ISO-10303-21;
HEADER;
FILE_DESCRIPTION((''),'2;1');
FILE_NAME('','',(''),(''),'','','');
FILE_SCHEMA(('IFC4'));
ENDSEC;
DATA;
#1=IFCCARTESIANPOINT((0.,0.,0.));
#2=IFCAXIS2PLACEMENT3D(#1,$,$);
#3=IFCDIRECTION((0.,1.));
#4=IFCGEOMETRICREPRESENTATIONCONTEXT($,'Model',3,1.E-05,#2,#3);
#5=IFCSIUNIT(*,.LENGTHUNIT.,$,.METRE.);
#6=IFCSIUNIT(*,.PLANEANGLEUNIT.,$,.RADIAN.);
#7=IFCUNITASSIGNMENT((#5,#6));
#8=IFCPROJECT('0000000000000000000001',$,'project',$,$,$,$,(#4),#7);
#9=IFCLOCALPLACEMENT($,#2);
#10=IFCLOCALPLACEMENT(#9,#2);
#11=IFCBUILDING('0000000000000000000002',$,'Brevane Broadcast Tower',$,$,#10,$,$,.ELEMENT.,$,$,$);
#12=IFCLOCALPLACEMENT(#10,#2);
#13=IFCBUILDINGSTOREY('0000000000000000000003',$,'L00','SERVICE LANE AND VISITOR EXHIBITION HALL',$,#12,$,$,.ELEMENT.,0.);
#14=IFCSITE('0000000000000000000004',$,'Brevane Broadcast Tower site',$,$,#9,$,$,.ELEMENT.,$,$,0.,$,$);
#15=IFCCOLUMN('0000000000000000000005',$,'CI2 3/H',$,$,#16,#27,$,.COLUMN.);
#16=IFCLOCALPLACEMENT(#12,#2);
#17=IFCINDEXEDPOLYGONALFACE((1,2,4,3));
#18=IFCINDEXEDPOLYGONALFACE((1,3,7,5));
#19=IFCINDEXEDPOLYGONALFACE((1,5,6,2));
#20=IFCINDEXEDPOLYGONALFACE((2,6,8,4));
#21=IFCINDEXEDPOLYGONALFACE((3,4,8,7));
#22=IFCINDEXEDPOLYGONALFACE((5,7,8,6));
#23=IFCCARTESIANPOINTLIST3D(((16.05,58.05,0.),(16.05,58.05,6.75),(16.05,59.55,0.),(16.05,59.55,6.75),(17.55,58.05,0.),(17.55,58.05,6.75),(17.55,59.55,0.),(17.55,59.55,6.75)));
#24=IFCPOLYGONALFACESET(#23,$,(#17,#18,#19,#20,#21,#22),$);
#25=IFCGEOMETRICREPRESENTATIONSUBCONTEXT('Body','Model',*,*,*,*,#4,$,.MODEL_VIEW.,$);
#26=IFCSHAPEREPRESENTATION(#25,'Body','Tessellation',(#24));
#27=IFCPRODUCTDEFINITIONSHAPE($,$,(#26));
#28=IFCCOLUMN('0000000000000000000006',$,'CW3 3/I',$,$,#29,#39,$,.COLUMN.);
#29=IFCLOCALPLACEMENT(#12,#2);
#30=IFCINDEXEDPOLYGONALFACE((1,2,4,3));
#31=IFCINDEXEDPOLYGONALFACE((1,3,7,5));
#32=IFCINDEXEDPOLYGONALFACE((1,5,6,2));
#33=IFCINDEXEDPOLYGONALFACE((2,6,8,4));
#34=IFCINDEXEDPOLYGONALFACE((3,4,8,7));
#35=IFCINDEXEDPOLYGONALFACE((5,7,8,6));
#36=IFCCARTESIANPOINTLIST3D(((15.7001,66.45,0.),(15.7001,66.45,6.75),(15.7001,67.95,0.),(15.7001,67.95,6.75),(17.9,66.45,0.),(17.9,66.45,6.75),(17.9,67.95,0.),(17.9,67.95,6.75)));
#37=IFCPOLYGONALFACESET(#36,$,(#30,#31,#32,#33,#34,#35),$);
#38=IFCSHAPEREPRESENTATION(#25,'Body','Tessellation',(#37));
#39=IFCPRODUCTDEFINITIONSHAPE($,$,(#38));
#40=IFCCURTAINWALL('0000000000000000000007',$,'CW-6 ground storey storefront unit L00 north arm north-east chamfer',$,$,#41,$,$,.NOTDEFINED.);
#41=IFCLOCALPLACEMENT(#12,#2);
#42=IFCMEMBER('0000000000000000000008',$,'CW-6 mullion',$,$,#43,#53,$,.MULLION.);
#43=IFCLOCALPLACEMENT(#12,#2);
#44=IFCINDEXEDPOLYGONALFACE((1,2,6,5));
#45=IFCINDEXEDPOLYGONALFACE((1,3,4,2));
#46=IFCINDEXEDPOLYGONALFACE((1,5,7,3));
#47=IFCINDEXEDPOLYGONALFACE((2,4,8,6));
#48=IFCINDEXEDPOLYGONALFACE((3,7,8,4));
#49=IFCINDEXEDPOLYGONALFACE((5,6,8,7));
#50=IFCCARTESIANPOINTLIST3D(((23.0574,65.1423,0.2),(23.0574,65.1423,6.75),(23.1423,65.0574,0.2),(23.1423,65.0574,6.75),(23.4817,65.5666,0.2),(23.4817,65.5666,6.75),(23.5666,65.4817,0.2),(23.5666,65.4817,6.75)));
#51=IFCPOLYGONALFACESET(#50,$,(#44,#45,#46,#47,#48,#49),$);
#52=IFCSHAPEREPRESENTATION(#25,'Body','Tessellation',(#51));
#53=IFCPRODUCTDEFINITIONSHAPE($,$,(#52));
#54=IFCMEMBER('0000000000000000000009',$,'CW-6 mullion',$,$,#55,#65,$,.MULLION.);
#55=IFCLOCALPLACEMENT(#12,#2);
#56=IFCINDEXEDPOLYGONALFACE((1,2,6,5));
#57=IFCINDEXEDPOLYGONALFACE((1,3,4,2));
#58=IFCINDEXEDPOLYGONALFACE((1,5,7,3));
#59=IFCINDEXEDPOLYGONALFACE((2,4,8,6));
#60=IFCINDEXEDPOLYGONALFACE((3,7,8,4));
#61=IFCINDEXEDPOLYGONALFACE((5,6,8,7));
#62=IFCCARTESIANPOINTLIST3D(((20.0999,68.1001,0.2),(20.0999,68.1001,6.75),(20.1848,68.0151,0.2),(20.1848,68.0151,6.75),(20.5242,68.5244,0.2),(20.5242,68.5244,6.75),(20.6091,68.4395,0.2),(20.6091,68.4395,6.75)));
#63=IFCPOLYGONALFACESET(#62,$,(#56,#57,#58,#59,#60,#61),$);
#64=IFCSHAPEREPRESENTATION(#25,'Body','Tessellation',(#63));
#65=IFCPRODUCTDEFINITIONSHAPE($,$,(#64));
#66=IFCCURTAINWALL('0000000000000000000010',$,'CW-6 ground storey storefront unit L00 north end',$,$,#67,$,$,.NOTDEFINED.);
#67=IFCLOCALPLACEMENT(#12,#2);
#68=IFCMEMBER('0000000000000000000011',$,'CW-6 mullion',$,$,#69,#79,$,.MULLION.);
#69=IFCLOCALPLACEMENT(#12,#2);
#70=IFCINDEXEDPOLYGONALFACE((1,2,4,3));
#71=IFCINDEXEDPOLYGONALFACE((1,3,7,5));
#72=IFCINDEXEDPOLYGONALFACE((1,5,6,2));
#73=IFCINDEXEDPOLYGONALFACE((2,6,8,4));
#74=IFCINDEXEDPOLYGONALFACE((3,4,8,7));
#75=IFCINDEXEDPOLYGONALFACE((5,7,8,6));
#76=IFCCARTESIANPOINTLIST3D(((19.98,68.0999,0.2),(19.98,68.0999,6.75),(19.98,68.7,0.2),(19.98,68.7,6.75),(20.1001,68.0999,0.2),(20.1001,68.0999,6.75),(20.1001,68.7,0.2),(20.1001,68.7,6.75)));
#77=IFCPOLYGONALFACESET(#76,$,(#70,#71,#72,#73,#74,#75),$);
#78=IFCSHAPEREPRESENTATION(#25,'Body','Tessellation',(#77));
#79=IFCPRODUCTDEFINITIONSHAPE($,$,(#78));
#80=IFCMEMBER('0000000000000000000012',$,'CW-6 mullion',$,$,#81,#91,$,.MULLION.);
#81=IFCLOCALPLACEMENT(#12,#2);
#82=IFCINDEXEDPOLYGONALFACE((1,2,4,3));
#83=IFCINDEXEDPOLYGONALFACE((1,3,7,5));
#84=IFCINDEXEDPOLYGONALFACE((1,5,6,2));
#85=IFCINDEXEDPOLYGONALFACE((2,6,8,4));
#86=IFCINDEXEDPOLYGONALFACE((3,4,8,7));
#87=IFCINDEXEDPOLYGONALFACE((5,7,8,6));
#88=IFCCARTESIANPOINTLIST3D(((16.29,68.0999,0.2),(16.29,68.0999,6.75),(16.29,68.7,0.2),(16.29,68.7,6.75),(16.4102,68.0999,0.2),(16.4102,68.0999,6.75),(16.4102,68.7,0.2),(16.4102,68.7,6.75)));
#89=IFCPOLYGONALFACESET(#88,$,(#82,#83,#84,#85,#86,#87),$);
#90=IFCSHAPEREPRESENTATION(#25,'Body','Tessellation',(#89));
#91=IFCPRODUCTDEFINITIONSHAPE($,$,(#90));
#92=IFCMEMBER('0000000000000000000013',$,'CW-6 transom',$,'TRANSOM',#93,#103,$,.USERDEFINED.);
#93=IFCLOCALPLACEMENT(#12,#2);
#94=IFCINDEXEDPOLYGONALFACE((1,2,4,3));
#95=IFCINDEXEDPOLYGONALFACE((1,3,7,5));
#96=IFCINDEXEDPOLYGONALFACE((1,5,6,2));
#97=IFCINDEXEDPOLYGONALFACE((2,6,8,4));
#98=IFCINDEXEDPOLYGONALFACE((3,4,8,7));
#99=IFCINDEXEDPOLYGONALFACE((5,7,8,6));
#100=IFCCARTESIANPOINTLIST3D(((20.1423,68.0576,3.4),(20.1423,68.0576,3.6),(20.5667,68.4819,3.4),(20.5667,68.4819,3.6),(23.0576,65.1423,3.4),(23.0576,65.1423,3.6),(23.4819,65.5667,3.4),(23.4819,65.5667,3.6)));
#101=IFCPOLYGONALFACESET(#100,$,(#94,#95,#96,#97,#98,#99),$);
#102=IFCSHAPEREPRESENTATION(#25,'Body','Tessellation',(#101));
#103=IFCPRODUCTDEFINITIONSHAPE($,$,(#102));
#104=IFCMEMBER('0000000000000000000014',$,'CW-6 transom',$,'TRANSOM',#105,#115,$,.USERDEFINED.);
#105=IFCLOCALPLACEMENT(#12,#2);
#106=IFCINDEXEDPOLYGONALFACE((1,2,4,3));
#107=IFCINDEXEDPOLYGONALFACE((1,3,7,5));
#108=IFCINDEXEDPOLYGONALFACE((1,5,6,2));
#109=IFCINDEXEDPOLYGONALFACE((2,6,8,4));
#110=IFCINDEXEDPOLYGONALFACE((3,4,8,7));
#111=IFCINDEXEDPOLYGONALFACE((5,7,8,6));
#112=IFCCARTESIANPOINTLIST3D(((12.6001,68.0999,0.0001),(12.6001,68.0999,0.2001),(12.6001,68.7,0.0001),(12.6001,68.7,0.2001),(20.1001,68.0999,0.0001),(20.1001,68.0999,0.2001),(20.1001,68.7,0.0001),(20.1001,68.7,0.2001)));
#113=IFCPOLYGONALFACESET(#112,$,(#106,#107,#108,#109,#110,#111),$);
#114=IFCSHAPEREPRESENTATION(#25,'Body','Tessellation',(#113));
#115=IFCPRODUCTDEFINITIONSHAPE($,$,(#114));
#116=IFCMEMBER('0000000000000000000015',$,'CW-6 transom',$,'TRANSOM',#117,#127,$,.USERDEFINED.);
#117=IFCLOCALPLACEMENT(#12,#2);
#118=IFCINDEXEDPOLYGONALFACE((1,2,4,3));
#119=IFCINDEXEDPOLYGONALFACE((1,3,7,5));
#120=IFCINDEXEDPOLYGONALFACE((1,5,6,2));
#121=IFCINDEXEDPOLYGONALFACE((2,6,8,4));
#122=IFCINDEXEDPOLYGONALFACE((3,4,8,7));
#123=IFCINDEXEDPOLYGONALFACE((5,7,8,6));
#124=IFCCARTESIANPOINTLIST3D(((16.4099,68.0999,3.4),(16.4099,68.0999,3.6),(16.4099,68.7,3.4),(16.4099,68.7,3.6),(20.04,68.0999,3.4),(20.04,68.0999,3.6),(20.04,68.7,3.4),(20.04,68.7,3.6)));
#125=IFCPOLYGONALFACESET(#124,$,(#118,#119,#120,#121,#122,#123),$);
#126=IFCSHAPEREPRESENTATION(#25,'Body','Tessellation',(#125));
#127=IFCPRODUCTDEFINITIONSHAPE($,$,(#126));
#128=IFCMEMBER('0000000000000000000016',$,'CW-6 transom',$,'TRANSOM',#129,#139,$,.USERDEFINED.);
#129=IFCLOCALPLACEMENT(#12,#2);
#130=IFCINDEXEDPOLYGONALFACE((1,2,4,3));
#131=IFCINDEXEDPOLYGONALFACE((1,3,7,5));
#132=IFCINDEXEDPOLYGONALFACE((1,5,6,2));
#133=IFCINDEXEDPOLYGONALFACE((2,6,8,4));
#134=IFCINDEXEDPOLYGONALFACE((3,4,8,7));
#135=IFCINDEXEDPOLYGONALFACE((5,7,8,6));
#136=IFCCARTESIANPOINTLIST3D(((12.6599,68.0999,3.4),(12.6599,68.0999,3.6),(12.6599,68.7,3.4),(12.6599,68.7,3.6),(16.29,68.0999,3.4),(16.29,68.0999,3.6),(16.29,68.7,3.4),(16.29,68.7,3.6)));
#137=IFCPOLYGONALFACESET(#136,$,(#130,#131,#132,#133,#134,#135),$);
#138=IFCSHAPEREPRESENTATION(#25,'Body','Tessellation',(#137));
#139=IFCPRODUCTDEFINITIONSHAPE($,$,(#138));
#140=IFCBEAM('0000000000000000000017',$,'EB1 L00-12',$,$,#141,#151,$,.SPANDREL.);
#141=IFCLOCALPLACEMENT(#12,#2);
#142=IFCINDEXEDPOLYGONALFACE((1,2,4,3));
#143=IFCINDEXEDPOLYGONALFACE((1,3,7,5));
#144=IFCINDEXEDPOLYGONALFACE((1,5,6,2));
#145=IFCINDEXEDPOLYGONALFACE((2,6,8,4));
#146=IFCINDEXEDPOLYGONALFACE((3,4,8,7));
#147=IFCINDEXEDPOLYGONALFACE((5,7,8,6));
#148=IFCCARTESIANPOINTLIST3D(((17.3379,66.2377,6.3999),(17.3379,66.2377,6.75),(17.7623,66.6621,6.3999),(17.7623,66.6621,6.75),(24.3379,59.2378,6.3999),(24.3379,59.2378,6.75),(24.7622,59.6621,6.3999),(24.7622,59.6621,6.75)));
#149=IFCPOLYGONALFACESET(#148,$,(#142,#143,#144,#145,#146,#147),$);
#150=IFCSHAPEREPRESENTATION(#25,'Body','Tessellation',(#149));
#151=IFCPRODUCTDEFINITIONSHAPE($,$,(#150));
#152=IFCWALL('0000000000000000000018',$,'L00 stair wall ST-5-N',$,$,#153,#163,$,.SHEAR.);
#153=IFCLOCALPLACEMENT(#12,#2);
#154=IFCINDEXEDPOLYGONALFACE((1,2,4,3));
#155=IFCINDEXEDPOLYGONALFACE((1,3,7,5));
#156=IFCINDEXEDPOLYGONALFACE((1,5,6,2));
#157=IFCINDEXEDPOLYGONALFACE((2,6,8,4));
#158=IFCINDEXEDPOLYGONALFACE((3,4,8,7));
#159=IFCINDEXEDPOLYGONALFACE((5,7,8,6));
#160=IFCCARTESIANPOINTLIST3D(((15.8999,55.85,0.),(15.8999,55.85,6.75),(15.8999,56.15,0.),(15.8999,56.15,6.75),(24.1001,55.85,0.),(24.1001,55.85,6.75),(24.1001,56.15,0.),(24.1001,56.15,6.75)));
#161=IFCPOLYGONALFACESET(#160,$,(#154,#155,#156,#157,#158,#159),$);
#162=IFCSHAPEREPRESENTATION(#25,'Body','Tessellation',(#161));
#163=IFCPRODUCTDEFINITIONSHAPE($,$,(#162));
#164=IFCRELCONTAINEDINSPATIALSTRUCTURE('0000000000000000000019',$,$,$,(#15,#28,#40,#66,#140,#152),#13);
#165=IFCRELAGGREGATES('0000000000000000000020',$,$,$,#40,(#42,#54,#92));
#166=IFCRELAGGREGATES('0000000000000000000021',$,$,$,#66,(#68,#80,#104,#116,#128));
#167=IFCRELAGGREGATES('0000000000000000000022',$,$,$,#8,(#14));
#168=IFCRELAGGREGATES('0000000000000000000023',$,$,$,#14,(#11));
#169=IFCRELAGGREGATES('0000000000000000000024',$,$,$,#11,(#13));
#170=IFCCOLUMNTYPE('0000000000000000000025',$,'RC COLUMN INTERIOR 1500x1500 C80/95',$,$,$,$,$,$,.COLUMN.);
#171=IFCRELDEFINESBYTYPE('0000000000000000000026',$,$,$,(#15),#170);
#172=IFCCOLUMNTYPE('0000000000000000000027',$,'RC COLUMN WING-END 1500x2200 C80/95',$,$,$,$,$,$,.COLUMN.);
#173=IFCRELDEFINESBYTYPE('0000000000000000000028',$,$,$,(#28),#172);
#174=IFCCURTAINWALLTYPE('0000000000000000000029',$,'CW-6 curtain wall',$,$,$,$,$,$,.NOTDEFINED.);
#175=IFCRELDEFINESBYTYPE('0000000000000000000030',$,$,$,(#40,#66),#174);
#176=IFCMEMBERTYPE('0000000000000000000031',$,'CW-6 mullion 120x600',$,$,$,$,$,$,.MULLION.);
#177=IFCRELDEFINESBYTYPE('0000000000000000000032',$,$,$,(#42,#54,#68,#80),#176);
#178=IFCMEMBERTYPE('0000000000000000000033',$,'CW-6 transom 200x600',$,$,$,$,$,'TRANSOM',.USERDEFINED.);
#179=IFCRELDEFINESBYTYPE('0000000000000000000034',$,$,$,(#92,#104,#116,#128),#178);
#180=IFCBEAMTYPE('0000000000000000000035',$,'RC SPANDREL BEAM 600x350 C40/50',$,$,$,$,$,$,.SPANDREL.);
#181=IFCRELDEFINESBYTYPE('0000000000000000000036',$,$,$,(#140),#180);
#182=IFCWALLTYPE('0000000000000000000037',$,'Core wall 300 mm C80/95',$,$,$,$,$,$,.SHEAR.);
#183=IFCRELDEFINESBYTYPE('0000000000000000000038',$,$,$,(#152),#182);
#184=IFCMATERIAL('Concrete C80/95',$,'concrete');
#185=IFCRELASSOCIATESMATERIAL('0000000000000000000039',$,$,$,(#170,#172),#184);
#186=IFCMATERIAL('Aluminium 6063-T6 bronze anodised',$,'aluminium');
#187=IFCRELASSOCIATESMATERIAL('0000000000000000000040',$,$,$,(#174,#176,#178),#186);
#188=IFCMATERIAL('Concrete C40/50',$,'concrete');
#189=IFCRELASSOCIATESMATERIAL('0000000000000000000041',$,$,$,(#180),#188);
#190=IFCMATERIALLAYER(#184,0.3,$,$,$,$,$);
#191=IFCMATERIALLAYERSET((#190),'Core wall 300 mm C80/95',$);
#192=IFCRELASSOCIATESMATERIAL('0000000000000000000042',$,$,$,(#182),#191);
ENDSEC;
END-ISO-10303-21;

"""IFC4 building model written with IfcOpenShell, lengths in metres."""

from ifc_helpers import new_model, si_unit, direction, frame, frame_2d, origin, origin_2d, place, context, subcontext, project, spatial, rectangle, extrude, material, layer, layer_set, material_profile, profile_set, type_object, element, aggregate, save


model = new_model("IFC4")

# Units and contexts
model_context = context("Model", 3, precision=1e-05, world=origin(), true_north=direction((0.0, 1.0)))
body_context = subcontext(model_context, "Body", "Model", "MODEL_VIEW")
ifc_project = project(units=[si_unit("LENGTHUNIT", "METRE"), si_unit("PLANEANGLEUNIT", "RADIAN")], contexts=[model_context])

# Site, building, storey
site_placement = place(None, origin())
site = spatial("IfcSite", under=ifc_project, at=site_placement, Name="Brevane Broadcast Tower site", CompositionType="ELEMENT", RefElevation=0.0)
building_placement = place(site_placement, origin())
building = spatial("IfcBuilding", under=site, at=building_placement, Name="Brevane Broadcast Tower", CompositionType="ELEMENT")
storey_placement = place(building_placement, origin())
storey = spatial("IfcBuildingStorey", under=building, at=storey_placement, Name="L00", Description="SERVICE LANE AND VISITOR EXHIBITION HALL", CompositionType="ELEMENT", Elevation=0.0)

# Columns
ifc_material_1 = material(Name="Concrete C80/95", Category="concrete")
ifc_material_profile_1 = material_profile(ifc_material_1, rectangle(XDim=1.5, YDim=1.5, at=origin_2d()), Name="RC 1500x1500")
ifc_profile_set_1 = profile_set([ifc_material_profile_1], Name="Concrete C80/95")
column_type_1 = type_object("IfcColumnType", Name="RC COLUMN INTERIOR 1500x1500 C80/95", PredefinedType="COLUMN", material=ifc_profile_set_1)
column_1_placement = place(storey_placement, frame((16.8, 58.8, 0.0), z_axis=(0.0, 0.0, 1.0), x_axis=(1.0, 0.0, 0.0)))
element("IfcColumn", 1, at=column_1_placement, inside=storey, type_object=column_type_1, Name="CI2 3/H", PredefinedType="COLUMN", context=body_context, shape_type="SweptSolid", body=[
    extrude(rectangle(XDim=1.5, YDim=1.5, at=origin_2d()), origin(), (0.0, 0.0, 1.0), 6.75),
])
ifc_material_profile_2 = material_profile(ifc_material_1, rectangle(XDim=1.5, YDim=2.2, at=origin_2d()), Name="RC 1500x2200")
ifc_profile_set_2 = profile_set([ifc_material_profile_2], Name="Concrete C80/95")
column_type_2 = type_object("IfcColumnType", Name="RC COLUMN WING-END 1500x2200 C80/95", PredefinedType="COLUMN", material=ifc_profile_set_2)
column_2_placement = place(storey_placement, frame((16.8, 67.2, 0.0), z_axis=(0.0, 0.0, 1.0), x_axis=(0.0, 1.0, 0.0)))
element("IfcColumn", 2, at=column_2_placement, inside=storey, type_object=column_type_2, Name="CW3 3/I", PredefinedType="COLUMN", context=body_context, shape_type="SweptSolid", body=[
    extrude(rectangle(XDim=1.5, YDim=2.2, at=origin_2d()), origin(), (0.0, 0.0, 1.0), 6.75),
])

# Curtain walls, members
ifc_material_2 = material(Name="Aluminium 6063-T6 bronze anodised", Category="aluminium")
curtain_wall_type = type_object("IfcCurtainWallType", Name="CW-6 curtain wall", PredefinedType="NOTDEFINED", material=ifc_material_2)
curtain_wall_1_placement = place(storey_placement, origin())
curtain_wall_1 = element("IfcCurtainWall", 3, at=curtain_wall_1_placement, inside=storey, type_object=curtain_wall_type, Name="CW-6 ground storey storefront unit L00 north arm north-east chamfer", PredefinedType="NOTDEFINED")
ifc_material_profile_3 = material_profile(ifc_material_2, rectangle(XDim=0.6001, YDim=0.1201, at=origin_2d()), Name="RECT 120x600")
ifc_profile_set_3 = profile_set([ifc_material_profile_3], Name="Aluminium 6063-T6 bronze anodised")
member_type_1 = type_object("IfcMemberType", Name="CW-6 mullion 120x600", PredefinedType="MULLION", material=ifc_profile_set_3)
member_1_placement = place(storey_placement, frame((23.312, 65.312, 0.2), z_axis=(0.0, 0.0, 1.0), x_axis=(-0.707107, -0.707107, 0.0)))
member_1 = element("IfcMember", 4, at=member_1_placement, type_object=member_type_1, Name="CW-6 mullion", PredefinedType="MULLION", context=body_context, shape_type="SweptSolid", body=[
    extrude(rectangle(XDim=0.6001, YDim=0.1201, at=origin_2d()), origin(), (0.0, 0.0, 1.0), 6.55),
])
member_2_placement = place(storey_placement, frame((20.3545, 68.2698, 0.2), z_axis=(0.0, 0.0, 1.0), x_axis=(-0.707107, -0.707107, 0.0)))
member_2 = element("IfcMember", 5, at=member_2_placement, type_object=member_type_1, Name="CW-6 mullion", PredefinedType="MULLION", context=body_context, shape_type="SweptSolid", body=[
    extrude(rectangle(XDim=0.6001, YDim=0.1201, at=origin_2d()), origin(), (0.0, 0.0, 1.0), 6.55),
])
curtain_wall_2_placement = place(storey_placement, origin())
curtain_wall_2 = element("IfcCurtainWall", 6, at=curtain_wall_2_placement, inside=storey, type_object=curtain_wall_type, Name="CW-6 ground storey storefront unit L00 north end", PredefinedType="NOTDEFINED")
member_3_placement = place(storey_placement, frame((20.04, 68.3999, 0.2), z_axis=(0.0, 0.0, 1.0), x_axis=(0.0, -1.0, 0.0)))
member_3 = element("IfcMember", 7, at=member_3_placement, type_object=member_type_1, Name="CW-6 mullion", PredefinedType="MULLION", context=body_context, shape_type="SweptSolid", body=[
    extrude(rectangle(XDim=0.6001, YDim=0.1201, at=origin_2d()), origin(), (0.0, 0.0, 1.0), 6.55),
])
member_4_placement = place(storey_placement, frame((16.3501, 68.3999, 0.2), z_axis=(0.0, 0.0, 1.0), x_axis=(0.0, -1.0, 0.0)))
member_4 = element("IfcMember", 8, at=member_4_placement, type_object=member_type_1, Name="CW-6 mullion", PredefinedType="MULLION", context=body_context, shape_type="SweptSolid", body=[
    extrude(rectangle(XDim=0.6001, YDim=0.1201, at=origin_2d()), origin(), (0.0, 0.0, 1.0), 6.55),
])

# Members
ifc_material_profile_4 = material_profile(ifc_material_2, rectangle(XDim=0.6001, YDim=0.2, at=origin_2d()), Name="RECT 200x600")
ifc_profile_set_4 = profile_set([ifc_material_profile_4], Name="Aluminium 6063-T6 bronze anodised")
member_type_2 = type_object("IfcMemberType", Name="CW-6 transom 200x600", ElementType="TRANSOM", PredefinedType="USERDEFINED", material=ifc_profile_set_4)
member_5_placement = place(storey_placement, frame((23.2698, 65.3545, 3.5), z_axis=(-0.707107, 0.707107, 0.0), x_axis=(-0.707107, -0.707107, 0.0)))
member_5 = element("IfcMember", 9, at=member_5_placement, type_object=member_type_2, Name="CW-6 transom", ObjectType="TRANSOM", PredefinedType="USERDEFINED", context=body_context, shape_type="SweptSolid", body=[
    extrude(rectangle(XDim=0.6001, YDim=0.2, at=origin_2d()), origin(), (0.0, 0.0, 1.0), 4.1228),
])
aggregate(curtain_wall_1, [member_1, member_2, member_5])
member_6_placement = place(storey_placement, frame((20.1001, 68.3999, 0.1001), z_axis=(-1.0, 0.0, 0.0), x_axis=(0.0, -1.0, 0.0)))
member_6 = element("IfcMember", 10, at=member_6_placement, type_object=member_type_2, Name="CW-6 transom", ObjectType="TRANSOM", PredefinedType="USERDEFINED", context=body_context, shape_type="SweptSolid", body=[
    extrude(rectangle(XDim=0.6001, YDim=0.2, at=origin_2d()), origin(), (0.0, 0.0, 1.0), 7.5),
])
member_7_placement = place(storey_placement, frame((20.04, 68.3999, 3.5), z_axis=(-1.0, 0.0, 0.0), x_axis=(0.0, -1.0, 0.0)))
member_7 = element("IfcMember", 11, at=member_7_placement, type_object=member_type_2, Name="CW-6 transom", ObjectType="TRANSOM", PredefinedType="USERDEFINED", context=body_context, shape_type="SweptSolid", body=[
    extrude(rectangle(XDim=0.6001, YDim=0.2, at=origin_2d()), origin(), (0.0, 0.0, 1.0), 3.6301),
])
member_8_placement = place(storey_placement, frame((16.29, 68.3999, 3.5), z_axis=(-1.0, 0.0, 0.0), x_axis=(0.0, -1.0, 0.0)))
member_8 = element("IfcMember", 12, at=member_8_placement, type_object=member_type_2, Name="CW-6 transom", ObjectType="TRANSOM", PredefinedType="USERDEFINED", context=body_context, shape_type="SweptSolid", body=[
    extrude(rectangle(XDim=0.6001, YDim=0.2, at=origin_2d()), origin(), (0.0, 0.0, 1.0), 3.6301),
])
aggregate(curtain_wall_2, [member_3, member_4, member_6, member_7, member_8])

# Beam
ifc_material_3 = material(Name="Concrete C40/50", Category="concrete")
ifc_material_profile_5 = material_profile(ifc_material_3, rectangle(XDim=0.6001, YDim=0.3501, at=origin_2d()), Name="RC 600x350")
ifc_profile_set_5 = profile_set([ifc_material_profile_5], Name="Concrete C40/50")
beam_type = type_object("IfcBeamType", Name="RC SPANDREL BEAM 600x350 C40/50", PredefinedType="SPANDREL", material=ifc_profile_set_5)
beam_placement = place(storey_placement, frame((24.55, 59.45, 6.575), z_axis=(-0.707107, 0.707107, 0.0), x_axis=(-0.707107, -0.707107, 0.0)))
element("IfcBeam", 13, at=beam_placement, inside=storey, type_object=beam_type, Name="EB1 L00-12", PredefinedType="SPANDREL", context=body_context, shape_type="SweptSolid", body=[
    extrude(rectangle(XDim=0.6001, YDim=0.3501, at=origin_2d()), origin(), (0.0, 0.0, 1.0), 9.8994),
])

# Wall
ifc_layer_1 = layer(ifc_material_1, 0.3)
ifc_layer_set_1 = layer_set([ifc_layer_1], Name="Core wall 300 mm C80/95")
wall_type_1 = type_object("IfcWallType", Name="Core wall 300 mm C80/95", PredefinedType="SHEAR", material=ifc_layer_set_1)
wall_1_placement = place(storey_placement, frame((15.8999, 56.0, 0.0), z_axis=(0.0, 0.0, 1.0), x_axis=(1.0, 0.0, 0.0)))
element("IfcWall", 14, at=wall_1_placement, inside=storey, type_object=wall_type_1, Name="L00 stair wall ST-5-N", PredefinedType="SHEAR", context=body_context, shape_type="SweptSolid", body=[
    extrude(rectangle(XDim=8.2002, YDim=0.3, at=frame_2d((4.1001, 0.0))), origin(), (0.0, 0.0, 1.0), 6.75),
])

save(model, "model.ifc")
